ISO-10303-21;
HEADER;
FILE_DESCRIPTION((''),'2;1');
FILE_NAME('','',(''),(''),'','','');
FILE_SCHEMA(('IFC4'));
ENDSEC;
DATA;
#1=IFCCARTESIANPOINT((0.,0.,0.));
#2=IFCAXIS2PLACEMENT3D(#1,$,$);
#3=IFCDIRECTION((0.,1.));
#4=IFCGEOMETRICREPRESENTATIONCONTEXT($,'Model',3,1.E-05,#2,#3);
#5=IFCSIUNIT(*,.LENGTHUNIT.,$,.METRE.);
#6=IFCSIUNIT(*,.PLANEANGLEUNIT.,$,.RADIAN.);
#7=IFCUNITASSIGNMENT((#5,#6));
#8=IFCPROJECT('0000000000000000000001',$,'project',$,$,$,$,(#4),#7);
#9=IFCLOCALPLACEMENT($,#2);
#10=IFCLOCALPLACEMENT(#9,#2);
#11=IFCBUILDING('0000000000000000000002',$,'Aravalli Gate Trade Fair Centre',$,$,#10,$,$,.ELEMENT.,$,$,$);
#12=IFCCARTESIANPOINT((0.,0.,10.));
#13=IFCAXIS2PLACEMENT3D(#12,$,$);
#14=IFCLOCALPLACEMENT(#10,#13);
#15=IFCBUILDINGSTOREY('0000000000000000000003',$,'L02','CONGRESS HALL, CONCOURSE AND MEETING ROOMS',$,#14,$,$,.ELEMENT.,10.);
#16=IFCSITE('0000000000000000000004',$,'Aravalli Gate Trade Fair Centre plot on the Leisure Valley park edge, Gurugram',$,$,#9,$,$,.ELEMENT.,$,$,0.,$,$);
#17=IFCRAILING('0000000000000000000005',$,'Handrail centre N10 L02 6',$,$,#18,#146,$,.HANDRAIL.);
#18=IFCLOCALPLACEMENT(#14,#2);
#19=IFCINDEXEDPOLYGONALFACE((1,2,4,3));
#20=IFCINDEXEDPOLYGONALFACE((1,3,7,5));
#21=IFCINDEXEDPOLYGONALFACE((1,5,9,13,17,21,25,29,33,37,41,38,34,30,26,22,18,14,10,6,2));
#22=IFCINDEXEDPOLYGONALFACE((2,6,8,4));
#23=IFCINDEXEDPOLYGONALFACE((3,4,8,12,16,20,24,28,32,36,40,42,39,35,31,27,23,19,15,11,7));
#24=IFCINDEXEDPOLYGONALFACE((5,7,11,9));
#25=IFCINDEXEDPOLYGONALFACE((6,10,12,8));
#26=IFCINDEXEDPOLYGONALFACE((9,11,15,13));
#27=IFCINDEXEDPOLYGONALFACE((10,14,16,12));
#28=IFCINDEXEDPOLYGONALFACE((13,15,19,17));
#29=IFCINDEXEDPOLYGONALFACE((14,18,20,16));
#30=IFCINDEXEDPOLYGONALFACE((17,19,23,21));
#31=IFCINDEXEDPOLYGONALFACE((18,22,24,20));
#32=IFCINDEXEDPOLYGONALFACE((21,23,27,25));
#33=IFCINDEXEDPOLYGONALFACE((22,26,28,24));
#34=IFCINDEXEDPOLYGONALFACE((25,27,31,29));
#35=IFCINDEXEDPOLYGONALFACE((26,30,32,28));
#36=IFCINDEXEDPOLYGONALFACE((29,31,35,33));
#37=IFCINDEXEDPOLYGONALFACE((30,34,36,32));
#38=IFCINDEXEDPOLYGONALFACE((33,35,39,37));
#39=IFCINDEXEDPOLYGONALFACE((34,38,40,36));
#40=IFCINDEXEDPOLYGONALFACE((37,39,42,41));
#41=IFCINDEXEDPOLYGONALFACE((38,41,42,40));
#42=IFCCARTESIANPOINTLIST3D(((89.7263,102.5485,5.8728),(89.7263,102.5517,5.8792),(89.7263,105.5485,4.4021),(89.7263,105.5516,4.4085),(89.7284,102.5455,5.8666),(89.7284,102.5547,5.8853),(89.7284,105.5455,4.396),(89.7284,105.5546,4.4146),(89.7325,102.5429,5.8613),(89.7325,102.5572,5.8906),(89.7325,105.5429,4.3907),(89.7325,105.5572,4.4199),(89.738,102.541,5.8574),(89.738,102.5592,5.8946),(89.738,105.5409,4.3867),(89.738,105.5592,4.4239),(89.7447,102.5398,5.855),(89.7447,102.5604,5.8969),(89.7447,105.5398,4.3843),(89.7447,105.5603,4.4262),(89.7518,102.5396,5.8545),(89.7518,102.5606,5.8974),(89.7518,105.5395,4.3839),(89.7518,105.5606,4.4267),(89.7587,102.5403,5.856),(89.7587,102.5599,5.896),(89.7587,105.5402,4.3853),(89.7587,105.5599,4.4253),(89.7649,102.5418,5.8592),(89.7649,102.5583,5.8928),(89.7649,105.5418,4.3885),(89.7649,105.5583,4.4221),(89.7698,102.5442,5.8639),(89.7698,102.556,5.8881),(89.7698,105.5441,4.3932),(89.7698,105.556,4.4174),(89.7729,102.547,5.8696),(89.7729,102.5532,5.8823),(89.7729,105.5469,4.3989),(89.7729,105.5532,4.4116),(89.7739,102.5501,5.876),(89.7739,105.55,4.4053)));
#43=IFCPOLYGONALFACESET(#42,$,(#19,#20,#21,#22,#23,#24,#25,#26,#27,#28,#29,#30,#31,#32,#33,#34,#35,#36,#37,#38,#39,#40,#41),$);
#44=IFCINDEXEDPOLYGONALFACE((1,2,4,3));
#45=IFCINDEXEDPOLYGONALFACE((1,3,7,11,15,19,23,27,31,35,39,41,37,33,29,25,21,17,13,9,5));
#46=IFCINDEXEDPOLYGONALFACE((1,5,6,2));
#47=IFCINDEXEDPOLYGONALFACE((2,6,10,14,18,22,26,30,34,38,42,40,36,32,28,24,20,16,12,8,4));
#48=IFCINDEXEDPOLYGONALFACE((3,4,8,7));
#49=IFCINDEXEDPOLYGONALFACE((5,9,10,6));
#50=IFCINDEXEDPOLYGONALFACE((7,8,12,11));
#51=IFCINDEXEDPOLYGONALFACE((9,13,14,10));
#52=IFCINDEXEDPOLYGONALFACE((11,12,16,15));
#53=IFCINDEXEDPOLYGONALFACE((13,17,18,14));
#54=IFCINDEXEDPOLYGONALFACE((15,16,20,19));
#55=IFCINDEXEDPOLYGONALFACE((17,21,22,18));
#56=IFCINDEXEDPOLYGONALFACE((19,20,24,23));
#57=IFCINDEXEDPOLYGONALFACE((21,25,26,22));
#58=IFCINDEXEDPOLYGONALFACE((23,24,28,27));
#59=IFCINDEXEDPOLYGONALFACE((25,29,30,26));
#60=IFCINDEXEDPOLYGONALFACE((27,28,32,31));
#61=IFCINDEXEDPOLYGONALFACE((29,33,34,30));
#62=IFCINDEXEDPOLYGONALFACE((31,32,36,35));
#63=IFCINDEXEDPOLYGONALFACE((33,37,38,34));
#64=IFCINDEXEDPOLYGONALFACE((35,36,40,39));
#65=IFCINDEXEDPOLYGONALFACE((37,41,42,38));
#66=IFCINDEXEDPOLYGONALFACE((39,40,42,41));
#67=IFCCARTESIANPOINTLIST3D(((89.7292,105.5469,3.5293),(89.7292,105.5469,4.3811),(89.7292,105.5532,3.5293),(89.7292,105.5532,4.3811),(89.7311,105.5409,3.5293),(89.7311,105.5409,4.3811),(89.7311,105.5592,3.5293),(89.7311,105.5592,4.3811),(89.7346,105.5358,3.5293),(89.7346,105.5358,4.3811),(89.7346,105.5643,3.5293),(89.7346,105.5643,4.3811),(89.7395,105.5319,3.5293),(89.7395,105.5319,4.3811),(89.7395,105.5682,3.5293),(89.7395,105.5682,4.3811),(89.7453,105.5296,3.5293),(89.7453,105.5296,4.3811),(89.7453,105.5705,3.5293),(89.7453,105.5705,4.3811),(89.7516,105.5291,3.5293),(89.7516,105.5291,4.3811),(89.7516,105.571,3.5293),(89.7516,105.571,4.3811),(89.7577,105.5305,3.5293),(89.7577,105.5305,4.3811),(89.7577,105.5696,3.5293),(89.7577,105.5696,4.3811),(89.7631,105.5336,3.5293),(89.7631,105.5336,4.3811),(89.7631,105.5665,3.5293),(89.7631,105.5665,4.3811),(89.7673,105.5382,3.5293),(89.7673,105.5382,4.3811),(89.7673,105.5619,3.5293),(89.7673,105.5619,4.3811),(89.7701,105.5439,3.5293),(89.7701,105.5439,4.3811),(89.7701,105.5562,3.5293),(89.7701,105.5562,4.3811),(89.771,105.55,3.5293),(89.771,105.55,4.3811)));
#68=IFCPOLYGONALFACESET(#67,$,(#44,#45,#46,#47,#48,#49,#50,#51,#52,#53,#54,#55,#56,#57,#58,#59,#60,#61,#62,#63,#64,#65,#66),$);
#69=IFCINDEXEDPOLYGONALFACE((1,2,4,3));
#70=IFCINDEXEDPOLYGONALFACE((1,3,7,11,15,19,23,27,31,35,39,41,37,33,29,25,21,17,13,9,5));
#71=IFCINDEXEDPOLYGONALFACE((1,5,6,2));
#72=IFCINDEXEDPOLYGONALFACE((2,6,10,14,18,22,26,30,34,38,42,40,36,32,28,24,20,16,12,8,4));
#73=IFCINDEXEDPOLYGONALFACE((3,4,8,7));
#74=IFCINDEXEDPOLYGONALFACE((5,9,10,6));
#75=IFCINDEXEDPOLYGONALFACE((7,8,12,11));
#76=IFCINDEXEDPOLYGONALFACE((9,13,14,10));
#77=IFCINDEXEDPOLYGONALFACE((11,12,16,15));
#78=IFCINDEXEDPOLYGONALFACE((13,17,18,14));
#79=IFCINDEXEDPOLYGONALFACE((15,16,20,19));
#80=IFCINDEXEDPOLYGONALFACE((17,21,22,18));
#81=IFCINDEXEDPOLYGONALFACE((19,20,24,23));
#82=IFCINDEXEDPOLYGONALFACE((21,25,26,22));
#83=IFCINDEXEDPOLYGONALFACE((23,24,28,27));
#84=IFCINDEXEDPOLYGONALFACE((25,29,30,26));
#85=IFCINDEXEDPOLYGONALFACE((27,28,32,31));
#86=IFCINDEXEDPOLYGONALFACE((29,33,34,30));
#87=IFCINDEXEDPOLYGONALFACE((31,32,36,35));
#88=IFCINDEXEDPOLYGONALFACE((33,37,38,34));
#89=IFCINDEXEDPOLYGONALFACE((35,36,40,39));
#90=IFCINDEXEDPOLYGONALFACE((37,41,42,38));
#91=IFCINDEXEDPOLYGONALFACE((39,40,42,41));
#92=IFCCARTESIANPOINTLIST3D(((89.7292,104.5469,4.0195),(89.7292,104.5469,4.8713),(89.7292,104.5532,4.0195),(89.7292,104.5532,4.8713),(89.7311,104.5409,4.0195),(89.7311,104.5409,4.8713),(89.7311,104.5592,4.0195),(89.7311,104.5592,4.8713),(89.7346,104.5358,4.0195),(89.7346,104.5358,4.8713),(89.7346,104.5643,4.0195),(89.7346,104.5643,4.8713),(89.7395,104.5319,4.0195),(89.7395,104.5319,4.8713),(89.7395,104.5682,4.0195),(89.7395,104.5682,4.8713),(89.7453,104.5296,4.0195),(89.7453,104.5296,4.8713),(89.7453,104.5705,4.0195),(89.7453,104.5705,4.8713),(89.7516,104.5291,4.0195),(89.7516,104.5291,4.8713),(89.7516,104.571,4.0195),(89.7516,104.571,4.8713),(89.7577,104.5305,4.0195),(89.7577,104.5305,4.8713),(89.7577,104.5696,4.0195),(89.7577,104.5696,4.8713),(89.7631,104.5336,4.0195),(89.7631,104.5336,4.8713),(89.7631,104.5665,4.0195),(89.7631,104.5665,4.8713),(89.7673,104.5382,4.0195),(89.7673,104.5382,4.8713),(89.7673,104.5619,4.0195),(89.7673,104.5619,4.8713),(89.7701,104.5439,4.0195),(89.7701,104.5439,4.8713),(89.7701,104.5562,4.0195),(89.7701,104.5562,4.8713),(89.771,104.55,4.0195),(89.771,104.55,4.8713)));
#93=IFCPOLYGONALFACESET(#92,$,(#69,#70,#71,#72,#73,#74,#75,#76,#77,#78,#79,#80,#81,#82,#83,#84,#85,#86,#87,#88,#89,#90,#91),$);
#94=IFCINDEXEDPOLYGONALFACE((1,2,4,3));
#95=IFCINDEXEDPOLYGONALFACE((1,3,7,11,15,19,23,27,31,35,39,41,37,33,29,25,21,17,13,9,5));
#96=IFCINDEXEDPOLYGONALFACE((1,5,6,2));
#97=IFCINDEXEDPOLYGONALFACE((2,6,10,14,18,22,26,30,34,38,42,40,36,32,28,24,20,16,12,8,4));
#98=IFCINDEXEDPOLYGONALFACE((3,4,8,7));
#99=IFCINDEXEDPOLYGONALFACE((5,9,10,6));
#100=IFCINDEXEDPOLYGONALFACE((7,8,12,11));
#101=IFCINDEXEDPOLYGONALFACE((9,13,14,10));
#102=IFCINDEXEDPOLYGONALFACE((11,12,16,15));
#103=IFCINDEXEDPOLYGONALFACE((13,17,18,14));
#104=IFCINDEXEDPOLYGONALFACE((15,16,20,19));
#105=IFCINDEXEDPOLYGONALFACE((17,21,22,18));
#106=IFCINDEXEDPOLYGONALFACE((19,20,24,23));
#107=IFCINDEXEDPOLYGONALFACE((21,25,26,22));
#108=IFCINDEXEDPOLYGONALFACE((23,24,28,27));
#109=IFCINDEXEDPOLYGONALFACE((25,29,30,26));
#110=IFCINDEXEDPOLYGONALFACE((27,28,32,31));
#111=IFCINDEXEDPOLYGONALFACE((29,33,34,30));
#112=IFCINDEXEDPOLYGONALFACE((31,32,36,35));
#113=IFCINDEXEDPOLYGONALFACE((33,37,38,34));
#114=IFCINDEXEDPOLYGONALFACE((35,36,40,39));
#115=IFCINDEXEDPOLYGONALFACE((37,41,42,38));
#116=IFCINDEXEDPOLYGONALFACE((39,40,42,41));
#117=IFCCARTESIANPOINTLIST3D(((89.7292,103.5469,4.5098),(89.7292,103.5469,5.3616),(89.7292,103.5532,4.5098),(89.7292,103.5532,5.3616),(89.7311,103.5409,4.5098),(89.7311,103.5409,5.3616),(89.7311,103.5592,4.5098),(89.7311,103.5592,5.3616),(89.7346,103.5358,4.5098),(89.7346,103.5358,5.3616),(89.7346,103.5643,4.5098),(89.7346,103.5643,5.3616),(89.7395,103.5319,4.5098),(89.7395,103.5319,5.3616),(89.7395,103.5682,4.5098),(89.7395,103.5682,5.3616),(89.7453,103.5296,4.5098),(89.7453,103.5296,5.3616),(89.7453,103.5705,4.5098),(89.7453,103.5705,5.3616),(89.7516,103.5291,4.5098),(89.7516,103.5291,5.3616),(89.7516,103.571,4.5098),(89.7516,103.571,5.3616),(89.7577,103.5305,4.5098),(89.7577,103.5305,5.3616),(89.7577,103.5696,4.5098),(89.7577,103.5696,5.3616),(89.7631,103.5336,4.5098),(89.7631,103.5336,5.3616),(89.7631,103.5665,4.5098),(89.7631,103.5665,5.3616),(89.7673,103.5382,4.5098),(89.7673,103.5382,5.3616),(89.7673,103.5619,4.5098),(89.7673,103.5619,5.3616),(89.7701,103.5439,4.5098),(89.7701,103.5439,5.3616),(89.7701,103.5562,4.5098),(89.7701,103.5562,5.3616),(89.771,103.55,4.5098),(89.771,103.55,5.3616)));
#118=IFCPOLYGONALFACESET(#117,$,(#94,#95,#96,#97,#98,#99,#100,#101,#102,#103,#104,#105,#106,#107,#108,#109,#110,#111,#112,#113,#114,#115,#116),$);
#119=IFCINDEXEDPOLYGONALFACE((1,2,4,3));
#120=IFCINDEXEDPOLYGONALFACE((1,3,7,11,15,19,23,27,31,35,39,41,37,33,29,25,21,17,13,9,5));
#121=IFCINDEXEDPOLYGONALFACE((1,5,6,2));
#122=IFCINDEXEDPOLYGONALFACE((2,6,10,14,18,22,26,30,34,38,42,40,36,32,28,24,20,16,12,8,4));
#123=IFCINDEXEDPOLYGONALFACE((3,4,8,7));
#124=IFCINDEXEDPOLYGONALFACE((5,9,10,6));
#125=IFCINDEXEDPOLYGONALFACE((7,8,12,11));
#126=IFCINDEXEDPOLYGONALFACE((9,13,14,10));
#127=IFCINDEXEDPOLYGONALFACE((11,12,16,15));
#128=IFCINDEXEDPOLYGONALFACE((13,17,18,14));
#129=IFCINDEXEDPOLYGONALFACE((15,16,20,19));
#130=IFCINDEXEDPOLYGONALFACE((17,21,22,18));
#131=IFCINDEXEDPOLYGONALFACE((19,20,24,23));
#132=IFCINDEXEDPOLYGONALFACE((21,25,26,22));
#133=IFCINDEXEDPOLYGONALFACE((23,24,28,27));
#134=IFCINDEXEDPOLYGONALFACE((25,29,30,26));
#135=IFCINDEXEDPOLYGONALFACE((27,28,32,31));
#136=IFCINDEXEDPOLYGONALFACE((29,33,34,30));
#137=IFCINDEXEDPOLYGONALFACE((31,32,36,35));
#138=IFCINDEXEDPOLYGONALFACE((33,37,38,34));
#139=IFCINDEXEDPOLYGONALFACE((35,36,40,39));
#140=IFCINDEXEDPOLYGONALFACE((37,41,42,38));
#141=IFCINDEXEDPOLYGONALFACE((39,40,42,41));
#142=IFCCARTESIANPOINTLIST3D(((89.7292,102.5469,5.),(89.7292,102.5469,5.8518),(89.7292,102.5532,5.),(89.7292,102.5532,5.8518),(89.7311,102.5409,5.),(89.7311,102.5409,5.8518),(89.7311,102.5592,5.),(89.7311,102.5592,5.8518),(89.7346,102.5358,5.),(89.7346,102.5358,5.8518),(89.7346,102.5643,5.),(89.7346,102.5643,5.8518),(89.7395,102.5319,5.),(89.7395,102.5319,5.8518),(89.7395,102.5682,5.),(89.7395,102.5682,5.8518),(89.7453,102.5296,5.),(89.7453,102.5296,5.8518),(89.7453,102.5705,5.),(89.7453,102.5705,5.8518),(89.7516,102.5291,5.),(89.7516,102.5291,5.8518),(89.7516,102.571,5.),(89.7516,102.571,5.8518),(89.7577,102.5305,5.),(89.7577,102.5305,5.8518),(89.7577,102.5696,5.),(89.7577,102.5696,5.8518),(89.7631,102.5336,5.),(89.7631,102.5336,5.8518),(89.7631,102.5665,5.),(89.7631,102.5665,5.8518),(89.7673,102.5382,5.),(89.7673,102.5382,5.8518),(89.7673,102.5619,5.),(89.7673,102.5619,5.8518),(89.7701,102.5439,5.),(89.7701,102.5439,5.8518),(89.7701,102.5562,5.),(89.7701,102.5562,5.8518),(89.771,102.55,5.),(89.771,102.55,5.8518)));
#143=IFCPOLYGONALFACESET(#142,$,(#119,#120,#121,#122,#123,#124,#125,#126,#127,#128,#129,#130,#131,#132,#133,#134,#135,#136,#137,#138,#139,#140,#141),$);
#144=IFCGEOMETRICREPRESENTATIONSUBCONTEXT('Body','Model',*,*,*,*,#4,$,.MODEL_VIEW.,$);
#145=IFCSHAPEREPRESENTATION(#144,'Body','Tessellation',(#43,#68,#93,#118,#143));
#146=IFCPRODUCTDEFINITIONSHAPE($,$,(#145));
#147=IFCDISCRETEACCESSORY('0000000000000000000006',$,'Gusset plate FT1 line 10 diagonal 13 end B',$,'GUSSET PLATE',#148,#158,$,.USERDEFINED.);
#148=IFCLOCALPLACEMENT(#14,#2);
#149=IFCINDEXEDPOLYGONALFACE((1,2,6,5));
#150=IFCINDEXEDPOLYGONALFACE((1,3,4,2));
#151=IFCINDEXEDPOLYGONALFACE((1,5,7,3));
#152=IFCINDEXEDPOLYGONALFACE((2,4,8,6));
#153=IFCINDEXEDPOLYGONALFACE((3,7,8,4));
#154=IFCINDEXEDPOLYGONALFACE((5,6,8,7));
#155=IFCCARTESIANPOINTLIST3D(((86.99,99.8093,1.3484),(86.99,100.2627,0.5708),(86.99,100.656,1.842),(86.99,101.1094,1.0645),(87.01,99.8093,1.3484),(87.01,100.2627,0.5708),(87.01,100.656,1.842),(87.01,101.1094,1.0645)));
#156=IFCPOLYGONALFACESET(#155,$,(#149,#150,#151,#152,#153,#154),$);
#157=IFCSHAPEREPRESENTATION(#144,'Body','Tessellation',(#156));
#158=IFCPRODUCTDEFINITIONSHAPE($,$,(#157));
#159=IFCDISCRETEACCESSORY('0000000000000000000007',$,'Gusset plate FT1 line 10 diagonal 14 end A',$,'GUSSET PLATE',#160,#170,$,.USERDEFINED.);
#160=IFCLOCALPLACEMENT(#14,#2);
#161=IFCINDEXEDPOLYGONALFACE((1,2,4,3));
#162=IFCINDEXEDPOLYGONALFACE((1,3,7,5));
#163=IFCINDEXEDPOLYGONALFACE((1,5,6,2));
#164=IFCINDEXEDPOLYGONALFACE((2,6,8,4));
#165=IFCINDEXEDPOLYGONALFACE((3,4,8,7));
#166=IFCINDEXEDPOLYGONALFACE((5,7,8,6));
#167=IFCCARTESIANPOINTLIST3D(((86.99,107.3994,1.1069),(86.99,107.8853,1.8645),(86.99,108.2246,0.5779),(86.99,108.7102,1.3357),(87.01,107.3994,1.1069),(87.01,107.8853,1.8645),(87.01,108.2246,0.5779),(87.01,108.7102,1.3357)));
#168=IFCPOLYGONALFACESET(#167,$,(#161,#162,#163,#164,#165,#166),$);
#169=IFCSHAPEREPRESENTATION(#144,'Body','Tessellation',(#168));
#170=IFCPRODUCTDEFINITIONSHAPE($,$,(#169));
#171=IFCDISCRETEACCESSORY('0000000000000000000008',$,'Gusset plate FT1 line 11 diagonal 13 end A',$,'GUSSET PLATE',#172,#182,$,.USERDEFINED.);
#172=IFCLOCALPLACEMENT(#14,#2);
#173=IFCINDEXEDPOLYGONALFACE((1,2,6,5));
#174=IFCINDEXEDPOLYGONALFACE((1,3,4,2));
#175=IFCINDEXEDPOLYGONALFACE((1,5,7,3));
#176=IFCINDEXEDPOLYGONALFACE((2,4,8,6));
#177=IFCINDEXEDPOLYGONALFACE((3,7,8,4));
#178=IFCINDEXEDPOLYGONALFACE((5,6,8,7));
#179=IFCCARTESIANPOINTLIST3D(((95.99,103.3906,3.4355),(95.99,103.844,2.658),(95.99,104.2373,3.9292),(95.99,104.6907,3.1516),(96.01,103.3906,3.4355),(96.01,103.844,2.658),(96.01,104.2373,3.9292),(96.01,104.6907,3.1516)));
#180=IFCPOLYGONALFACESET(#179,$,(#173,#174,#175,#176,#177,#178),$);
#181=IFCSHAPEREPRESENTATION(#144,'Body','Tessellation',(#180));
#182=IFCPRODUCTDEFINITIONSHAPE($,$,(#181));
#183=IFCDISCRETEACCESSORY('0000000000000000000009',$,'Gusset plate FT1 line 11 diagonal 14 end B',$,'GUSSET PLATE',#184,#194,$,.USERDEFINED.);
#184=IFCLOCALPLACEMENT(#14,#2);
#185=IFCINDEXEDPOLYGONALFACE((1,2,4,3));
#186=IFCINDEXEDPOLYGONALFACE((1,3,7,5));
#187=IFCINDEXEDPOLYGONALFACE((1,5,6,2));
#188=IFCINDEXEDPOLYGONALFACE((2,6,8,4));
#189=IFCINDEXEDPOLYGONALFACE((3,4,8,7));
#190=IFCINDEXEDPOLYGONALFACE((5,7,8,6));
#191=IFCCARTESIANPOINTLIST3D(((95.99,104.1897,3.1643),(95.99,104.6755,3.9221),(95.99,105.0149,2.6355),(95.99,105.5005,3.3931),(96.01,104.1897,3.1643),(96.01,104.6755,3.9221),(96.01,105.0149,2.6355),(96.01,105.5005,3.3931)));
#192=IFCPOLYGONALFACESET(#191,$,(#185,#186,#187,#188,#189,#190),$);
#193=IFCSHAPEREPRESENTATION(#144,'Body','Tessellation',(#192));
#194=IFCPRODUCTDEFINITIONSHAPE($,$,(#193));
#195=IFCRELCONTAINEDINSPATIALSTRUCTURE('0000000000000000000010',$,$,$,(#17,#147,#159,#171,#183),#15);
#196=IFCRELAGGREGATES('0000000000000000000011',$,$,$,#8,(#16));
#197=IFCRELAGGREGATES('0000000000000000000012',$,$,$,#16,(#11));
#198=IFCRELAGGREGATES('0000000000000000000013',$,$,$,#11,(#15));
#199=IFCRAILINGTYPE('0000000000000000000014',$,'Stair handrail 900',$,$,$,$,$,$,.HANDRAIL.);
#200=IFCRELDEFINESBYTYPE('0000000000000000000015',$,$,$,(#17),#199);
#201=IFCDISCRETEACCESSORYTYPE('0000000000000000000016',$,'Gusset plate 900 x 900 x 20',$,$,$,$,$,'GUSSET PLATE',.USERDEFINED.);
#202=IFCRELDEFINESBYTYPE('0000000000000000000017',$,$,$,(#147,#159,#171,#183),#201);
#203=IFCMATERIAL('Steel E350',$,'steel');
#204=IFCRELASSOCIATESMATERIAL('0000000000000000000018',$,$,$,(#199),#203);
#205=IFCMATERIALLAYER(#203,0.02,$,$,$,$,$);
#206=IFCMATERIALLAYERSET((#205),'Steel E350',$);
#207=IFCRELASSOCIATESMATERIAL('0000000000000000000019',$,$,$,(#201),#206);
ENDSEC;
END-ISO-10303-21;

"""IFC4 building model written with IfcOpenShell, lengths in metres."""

from ifc_helpers import new_model, si_unit, direction, frame, origin, origin_2d, place, context, subcontext, project, spatial, polyline, circle, outline, extrude, material, layer, layer_set, type_object, element, save


model = new_model("IFC4")

# Units and contexts
model_context = context("Model", 3, precision=1e-05, world=origin(), true_north=direction((0.0, 1.0)))
body_context = subcontext(model_context, "Body", "Model", "MODEL_VIEW")
ifc_project = project(units=[si_unit("LENGTHUNIT", "METRE"), si_unit("PLANEANGLEUNIT", "RADIAN")], contexts=[model_context])

# Site, building, storey
site_placement = place(None, origin())
site = spatial("IfcSite", under=ifc_project, at=site_placement, Name="Aravalli Gate Trade Fair Centre plot on the Leisure Valley park edge, Gurugram", CompositionType="ELEMENT", RefElevation=0.0)
building_placement = place(site_placement, origin())
building = spatial("IfcBuilding", under=site, at=building_placement, Name="Aravalli Gate Trade Fair Centre", CompositionType="ELEMENT")
storey_placement = place(building_placement, frame((0.0, 0.0, 10.0)))
storey = spatial("IfcBuildingStorey", under=building, at=storey_placement, Name="L02", Description="CONGRESS HALL, CONCOURSE AND MEETING ROOMS", CompositionType="ELEMENT", Elevation=10.0)

# Shared definitions
ifc_material_1 = material(Name="Steel E350", Category="steel")

# Railing
railing_type_1 = type_object("IfcRailingType", Name="Stair handrail 900", PredefinedType="HANDRAIL", material=ifc_material_1)
for number, where, name in (
    (1, (89.75, 105.55, 3.5293), "Handrail centre N10 L02 6"),
):
    element("IfcRailing", number, at=place(storey_placement, frame(where)), inside=storey, type_object=railing_type_1, Name=name, PredefinedType="HANDRAIL", context=body_context, shape_type="SweptSolid", body=[
        extrude(circle(Radius=0.0239, at=origin_2d()), frame((0.0, 0.0, 0.876), z_axis=(0.0, -0.897907, 0.440185), x_axis=(1.0, 0.0, 0.0)), (0.0, 0.0, 1.0), 3.3411),
        extrude(circle(Radius=0.021, at=origin_2d()), origin(), (0.0, 0.0, 1.0), 0.8518),
        extrude(circle(Radius=0.021, at=origin_2d()), frame((0.0, -1.0, 0.4902)), (0.0, 0.0, 1.0), 0.8518),
        extrude(circle(Radius=0.021, at=origin_2d()), frame((0.0, -2.0, 0.9805)), (0.0, 0.0, 1.0), 0.8518),
        extrude(circle(Radius=0.021, at=origin_2d()), frame((0.0, -3.0, 1.4707)), (0.0, 0.0, 1.0), 0.8518),
    ])

# Discrete accessories
ifc_layer_1 = layer(ifc_material_1, 0.02)
ifc_layer_set_1 = layer_set([ifc_layer_1], Name="Steel E350")
discrete_accessory_type = type_object("IfcDiscreteAccessoryType", Name="Gusset plate 900 x 900 x 20", ElementType="GUSSET PLATE", PredefinedType="USERDEFINED", material=ifc_layer_set_1)
discrete_accessory_1_placement = place(storey_placement, frame((87.01, 100.656, 1.842), z_axis=(1.0, 0.0, 0.0), x_axis=(0.0, -0.863887, -0.503685)))
element("IfcDiscreteAccessory", 2, at=discrete_accessory_1_placement, inside=storey, type_object=discrete_accessory_type, Name="Gusset plate FT1 line 10 diagonal 13 end B", ObjectType="GUSSET PLATE", PredefinedType="USERDEFINED", context=body_context, shape_type="SweptSolid", body=[
    extrude(outline(polyline([(0.0, 0.0), (0.9801, 0.0), (0.9801, 0.9001), (0.0, 0.9001), (0.0, 0.0)])), origin(), (0.0, 0.0, -1.0), 0.02),
])
discrete_accessory_2_placement = place(storey_placement, frame((87.01, 107.3994, 1.1069), z_axis=(1.0, 0.0, 0.0), x_axis=(0.0, 0.841841, -0.539725)))
element("IfcDiscreteAccessory", 3, at=discrete_accessory_2_placement, inside=storey, type_object=discrete_accessory_type, Name="Gusset plate FT1 line 10 diagonal 14 end A", ObjectType="GUSSET PLATE", PredefinedType="USERDEFINED", context=body_context, shape_type="SweptSolid", body=[
    extrude(outline(polyline([(0.0, 0.0), (0.9802, 0.0), (0.98, 0.9), (0.0001, 0.9), (0.0, 0.0)])), origin(), (0.0, 0.0, -1.0), 0.02),
])
discrete_accessory_3_placement = place(storey_placement, frame((95.99, 103.3906, 3.4355), z_axis=(-1.0, 0.0, 0.0), x_axis=(0.0, 0.863887, 0.503685)))
element("IfcDiscreteAccessory", 4, at=discrete_accessory_3_placement, inside=storey, type_object=discrete_accessory_type, Name="Gusset plate FT1 line 11 diagonal 13 end A", ObjectType="GUSSET PLATE", PredefinedType="USERDEFINED", context=body_context, shape_type="SweptSolid", body=[
    extrude(outline(polyline([(0.0, 0.0), (0.9801, 0.0), (0.9801, 0.9001), (0.0, 0.9001), (0.0, 0.0)])), origin(), (0.0, 0.0, -1.0), 0.02),
])
discrete_accessory_4_placement = place(storey_placement, frame((95.99, 105.0149, 2.6355), z_axis=(-1.0, 0.0, 0.0), x_axis=(0.0, -0.841955, 0.539548)))
element("IfcDiscreteAccessory", 5, at=discrete_accessory_4_placement, inside=storey, type_object=discrete_accessory_type, Name="Gusset plate FT1 line 11 diagonal 14 end B", ObjectType="GUSSET PLATE", PredefinedType="USERDEFINED", context=body_context, shape_type="SweptSolid", body=[
    extrude(outline(polyline([(0.0, 0.0), (0.9801, 0.0), (0.9799, 0.9002), (-0.0001, 0.8998), (0.0, 0.0)])), origin(), (0.0, 0.0, -1.0), 0.02),
])

save(model, "model.ifc")
